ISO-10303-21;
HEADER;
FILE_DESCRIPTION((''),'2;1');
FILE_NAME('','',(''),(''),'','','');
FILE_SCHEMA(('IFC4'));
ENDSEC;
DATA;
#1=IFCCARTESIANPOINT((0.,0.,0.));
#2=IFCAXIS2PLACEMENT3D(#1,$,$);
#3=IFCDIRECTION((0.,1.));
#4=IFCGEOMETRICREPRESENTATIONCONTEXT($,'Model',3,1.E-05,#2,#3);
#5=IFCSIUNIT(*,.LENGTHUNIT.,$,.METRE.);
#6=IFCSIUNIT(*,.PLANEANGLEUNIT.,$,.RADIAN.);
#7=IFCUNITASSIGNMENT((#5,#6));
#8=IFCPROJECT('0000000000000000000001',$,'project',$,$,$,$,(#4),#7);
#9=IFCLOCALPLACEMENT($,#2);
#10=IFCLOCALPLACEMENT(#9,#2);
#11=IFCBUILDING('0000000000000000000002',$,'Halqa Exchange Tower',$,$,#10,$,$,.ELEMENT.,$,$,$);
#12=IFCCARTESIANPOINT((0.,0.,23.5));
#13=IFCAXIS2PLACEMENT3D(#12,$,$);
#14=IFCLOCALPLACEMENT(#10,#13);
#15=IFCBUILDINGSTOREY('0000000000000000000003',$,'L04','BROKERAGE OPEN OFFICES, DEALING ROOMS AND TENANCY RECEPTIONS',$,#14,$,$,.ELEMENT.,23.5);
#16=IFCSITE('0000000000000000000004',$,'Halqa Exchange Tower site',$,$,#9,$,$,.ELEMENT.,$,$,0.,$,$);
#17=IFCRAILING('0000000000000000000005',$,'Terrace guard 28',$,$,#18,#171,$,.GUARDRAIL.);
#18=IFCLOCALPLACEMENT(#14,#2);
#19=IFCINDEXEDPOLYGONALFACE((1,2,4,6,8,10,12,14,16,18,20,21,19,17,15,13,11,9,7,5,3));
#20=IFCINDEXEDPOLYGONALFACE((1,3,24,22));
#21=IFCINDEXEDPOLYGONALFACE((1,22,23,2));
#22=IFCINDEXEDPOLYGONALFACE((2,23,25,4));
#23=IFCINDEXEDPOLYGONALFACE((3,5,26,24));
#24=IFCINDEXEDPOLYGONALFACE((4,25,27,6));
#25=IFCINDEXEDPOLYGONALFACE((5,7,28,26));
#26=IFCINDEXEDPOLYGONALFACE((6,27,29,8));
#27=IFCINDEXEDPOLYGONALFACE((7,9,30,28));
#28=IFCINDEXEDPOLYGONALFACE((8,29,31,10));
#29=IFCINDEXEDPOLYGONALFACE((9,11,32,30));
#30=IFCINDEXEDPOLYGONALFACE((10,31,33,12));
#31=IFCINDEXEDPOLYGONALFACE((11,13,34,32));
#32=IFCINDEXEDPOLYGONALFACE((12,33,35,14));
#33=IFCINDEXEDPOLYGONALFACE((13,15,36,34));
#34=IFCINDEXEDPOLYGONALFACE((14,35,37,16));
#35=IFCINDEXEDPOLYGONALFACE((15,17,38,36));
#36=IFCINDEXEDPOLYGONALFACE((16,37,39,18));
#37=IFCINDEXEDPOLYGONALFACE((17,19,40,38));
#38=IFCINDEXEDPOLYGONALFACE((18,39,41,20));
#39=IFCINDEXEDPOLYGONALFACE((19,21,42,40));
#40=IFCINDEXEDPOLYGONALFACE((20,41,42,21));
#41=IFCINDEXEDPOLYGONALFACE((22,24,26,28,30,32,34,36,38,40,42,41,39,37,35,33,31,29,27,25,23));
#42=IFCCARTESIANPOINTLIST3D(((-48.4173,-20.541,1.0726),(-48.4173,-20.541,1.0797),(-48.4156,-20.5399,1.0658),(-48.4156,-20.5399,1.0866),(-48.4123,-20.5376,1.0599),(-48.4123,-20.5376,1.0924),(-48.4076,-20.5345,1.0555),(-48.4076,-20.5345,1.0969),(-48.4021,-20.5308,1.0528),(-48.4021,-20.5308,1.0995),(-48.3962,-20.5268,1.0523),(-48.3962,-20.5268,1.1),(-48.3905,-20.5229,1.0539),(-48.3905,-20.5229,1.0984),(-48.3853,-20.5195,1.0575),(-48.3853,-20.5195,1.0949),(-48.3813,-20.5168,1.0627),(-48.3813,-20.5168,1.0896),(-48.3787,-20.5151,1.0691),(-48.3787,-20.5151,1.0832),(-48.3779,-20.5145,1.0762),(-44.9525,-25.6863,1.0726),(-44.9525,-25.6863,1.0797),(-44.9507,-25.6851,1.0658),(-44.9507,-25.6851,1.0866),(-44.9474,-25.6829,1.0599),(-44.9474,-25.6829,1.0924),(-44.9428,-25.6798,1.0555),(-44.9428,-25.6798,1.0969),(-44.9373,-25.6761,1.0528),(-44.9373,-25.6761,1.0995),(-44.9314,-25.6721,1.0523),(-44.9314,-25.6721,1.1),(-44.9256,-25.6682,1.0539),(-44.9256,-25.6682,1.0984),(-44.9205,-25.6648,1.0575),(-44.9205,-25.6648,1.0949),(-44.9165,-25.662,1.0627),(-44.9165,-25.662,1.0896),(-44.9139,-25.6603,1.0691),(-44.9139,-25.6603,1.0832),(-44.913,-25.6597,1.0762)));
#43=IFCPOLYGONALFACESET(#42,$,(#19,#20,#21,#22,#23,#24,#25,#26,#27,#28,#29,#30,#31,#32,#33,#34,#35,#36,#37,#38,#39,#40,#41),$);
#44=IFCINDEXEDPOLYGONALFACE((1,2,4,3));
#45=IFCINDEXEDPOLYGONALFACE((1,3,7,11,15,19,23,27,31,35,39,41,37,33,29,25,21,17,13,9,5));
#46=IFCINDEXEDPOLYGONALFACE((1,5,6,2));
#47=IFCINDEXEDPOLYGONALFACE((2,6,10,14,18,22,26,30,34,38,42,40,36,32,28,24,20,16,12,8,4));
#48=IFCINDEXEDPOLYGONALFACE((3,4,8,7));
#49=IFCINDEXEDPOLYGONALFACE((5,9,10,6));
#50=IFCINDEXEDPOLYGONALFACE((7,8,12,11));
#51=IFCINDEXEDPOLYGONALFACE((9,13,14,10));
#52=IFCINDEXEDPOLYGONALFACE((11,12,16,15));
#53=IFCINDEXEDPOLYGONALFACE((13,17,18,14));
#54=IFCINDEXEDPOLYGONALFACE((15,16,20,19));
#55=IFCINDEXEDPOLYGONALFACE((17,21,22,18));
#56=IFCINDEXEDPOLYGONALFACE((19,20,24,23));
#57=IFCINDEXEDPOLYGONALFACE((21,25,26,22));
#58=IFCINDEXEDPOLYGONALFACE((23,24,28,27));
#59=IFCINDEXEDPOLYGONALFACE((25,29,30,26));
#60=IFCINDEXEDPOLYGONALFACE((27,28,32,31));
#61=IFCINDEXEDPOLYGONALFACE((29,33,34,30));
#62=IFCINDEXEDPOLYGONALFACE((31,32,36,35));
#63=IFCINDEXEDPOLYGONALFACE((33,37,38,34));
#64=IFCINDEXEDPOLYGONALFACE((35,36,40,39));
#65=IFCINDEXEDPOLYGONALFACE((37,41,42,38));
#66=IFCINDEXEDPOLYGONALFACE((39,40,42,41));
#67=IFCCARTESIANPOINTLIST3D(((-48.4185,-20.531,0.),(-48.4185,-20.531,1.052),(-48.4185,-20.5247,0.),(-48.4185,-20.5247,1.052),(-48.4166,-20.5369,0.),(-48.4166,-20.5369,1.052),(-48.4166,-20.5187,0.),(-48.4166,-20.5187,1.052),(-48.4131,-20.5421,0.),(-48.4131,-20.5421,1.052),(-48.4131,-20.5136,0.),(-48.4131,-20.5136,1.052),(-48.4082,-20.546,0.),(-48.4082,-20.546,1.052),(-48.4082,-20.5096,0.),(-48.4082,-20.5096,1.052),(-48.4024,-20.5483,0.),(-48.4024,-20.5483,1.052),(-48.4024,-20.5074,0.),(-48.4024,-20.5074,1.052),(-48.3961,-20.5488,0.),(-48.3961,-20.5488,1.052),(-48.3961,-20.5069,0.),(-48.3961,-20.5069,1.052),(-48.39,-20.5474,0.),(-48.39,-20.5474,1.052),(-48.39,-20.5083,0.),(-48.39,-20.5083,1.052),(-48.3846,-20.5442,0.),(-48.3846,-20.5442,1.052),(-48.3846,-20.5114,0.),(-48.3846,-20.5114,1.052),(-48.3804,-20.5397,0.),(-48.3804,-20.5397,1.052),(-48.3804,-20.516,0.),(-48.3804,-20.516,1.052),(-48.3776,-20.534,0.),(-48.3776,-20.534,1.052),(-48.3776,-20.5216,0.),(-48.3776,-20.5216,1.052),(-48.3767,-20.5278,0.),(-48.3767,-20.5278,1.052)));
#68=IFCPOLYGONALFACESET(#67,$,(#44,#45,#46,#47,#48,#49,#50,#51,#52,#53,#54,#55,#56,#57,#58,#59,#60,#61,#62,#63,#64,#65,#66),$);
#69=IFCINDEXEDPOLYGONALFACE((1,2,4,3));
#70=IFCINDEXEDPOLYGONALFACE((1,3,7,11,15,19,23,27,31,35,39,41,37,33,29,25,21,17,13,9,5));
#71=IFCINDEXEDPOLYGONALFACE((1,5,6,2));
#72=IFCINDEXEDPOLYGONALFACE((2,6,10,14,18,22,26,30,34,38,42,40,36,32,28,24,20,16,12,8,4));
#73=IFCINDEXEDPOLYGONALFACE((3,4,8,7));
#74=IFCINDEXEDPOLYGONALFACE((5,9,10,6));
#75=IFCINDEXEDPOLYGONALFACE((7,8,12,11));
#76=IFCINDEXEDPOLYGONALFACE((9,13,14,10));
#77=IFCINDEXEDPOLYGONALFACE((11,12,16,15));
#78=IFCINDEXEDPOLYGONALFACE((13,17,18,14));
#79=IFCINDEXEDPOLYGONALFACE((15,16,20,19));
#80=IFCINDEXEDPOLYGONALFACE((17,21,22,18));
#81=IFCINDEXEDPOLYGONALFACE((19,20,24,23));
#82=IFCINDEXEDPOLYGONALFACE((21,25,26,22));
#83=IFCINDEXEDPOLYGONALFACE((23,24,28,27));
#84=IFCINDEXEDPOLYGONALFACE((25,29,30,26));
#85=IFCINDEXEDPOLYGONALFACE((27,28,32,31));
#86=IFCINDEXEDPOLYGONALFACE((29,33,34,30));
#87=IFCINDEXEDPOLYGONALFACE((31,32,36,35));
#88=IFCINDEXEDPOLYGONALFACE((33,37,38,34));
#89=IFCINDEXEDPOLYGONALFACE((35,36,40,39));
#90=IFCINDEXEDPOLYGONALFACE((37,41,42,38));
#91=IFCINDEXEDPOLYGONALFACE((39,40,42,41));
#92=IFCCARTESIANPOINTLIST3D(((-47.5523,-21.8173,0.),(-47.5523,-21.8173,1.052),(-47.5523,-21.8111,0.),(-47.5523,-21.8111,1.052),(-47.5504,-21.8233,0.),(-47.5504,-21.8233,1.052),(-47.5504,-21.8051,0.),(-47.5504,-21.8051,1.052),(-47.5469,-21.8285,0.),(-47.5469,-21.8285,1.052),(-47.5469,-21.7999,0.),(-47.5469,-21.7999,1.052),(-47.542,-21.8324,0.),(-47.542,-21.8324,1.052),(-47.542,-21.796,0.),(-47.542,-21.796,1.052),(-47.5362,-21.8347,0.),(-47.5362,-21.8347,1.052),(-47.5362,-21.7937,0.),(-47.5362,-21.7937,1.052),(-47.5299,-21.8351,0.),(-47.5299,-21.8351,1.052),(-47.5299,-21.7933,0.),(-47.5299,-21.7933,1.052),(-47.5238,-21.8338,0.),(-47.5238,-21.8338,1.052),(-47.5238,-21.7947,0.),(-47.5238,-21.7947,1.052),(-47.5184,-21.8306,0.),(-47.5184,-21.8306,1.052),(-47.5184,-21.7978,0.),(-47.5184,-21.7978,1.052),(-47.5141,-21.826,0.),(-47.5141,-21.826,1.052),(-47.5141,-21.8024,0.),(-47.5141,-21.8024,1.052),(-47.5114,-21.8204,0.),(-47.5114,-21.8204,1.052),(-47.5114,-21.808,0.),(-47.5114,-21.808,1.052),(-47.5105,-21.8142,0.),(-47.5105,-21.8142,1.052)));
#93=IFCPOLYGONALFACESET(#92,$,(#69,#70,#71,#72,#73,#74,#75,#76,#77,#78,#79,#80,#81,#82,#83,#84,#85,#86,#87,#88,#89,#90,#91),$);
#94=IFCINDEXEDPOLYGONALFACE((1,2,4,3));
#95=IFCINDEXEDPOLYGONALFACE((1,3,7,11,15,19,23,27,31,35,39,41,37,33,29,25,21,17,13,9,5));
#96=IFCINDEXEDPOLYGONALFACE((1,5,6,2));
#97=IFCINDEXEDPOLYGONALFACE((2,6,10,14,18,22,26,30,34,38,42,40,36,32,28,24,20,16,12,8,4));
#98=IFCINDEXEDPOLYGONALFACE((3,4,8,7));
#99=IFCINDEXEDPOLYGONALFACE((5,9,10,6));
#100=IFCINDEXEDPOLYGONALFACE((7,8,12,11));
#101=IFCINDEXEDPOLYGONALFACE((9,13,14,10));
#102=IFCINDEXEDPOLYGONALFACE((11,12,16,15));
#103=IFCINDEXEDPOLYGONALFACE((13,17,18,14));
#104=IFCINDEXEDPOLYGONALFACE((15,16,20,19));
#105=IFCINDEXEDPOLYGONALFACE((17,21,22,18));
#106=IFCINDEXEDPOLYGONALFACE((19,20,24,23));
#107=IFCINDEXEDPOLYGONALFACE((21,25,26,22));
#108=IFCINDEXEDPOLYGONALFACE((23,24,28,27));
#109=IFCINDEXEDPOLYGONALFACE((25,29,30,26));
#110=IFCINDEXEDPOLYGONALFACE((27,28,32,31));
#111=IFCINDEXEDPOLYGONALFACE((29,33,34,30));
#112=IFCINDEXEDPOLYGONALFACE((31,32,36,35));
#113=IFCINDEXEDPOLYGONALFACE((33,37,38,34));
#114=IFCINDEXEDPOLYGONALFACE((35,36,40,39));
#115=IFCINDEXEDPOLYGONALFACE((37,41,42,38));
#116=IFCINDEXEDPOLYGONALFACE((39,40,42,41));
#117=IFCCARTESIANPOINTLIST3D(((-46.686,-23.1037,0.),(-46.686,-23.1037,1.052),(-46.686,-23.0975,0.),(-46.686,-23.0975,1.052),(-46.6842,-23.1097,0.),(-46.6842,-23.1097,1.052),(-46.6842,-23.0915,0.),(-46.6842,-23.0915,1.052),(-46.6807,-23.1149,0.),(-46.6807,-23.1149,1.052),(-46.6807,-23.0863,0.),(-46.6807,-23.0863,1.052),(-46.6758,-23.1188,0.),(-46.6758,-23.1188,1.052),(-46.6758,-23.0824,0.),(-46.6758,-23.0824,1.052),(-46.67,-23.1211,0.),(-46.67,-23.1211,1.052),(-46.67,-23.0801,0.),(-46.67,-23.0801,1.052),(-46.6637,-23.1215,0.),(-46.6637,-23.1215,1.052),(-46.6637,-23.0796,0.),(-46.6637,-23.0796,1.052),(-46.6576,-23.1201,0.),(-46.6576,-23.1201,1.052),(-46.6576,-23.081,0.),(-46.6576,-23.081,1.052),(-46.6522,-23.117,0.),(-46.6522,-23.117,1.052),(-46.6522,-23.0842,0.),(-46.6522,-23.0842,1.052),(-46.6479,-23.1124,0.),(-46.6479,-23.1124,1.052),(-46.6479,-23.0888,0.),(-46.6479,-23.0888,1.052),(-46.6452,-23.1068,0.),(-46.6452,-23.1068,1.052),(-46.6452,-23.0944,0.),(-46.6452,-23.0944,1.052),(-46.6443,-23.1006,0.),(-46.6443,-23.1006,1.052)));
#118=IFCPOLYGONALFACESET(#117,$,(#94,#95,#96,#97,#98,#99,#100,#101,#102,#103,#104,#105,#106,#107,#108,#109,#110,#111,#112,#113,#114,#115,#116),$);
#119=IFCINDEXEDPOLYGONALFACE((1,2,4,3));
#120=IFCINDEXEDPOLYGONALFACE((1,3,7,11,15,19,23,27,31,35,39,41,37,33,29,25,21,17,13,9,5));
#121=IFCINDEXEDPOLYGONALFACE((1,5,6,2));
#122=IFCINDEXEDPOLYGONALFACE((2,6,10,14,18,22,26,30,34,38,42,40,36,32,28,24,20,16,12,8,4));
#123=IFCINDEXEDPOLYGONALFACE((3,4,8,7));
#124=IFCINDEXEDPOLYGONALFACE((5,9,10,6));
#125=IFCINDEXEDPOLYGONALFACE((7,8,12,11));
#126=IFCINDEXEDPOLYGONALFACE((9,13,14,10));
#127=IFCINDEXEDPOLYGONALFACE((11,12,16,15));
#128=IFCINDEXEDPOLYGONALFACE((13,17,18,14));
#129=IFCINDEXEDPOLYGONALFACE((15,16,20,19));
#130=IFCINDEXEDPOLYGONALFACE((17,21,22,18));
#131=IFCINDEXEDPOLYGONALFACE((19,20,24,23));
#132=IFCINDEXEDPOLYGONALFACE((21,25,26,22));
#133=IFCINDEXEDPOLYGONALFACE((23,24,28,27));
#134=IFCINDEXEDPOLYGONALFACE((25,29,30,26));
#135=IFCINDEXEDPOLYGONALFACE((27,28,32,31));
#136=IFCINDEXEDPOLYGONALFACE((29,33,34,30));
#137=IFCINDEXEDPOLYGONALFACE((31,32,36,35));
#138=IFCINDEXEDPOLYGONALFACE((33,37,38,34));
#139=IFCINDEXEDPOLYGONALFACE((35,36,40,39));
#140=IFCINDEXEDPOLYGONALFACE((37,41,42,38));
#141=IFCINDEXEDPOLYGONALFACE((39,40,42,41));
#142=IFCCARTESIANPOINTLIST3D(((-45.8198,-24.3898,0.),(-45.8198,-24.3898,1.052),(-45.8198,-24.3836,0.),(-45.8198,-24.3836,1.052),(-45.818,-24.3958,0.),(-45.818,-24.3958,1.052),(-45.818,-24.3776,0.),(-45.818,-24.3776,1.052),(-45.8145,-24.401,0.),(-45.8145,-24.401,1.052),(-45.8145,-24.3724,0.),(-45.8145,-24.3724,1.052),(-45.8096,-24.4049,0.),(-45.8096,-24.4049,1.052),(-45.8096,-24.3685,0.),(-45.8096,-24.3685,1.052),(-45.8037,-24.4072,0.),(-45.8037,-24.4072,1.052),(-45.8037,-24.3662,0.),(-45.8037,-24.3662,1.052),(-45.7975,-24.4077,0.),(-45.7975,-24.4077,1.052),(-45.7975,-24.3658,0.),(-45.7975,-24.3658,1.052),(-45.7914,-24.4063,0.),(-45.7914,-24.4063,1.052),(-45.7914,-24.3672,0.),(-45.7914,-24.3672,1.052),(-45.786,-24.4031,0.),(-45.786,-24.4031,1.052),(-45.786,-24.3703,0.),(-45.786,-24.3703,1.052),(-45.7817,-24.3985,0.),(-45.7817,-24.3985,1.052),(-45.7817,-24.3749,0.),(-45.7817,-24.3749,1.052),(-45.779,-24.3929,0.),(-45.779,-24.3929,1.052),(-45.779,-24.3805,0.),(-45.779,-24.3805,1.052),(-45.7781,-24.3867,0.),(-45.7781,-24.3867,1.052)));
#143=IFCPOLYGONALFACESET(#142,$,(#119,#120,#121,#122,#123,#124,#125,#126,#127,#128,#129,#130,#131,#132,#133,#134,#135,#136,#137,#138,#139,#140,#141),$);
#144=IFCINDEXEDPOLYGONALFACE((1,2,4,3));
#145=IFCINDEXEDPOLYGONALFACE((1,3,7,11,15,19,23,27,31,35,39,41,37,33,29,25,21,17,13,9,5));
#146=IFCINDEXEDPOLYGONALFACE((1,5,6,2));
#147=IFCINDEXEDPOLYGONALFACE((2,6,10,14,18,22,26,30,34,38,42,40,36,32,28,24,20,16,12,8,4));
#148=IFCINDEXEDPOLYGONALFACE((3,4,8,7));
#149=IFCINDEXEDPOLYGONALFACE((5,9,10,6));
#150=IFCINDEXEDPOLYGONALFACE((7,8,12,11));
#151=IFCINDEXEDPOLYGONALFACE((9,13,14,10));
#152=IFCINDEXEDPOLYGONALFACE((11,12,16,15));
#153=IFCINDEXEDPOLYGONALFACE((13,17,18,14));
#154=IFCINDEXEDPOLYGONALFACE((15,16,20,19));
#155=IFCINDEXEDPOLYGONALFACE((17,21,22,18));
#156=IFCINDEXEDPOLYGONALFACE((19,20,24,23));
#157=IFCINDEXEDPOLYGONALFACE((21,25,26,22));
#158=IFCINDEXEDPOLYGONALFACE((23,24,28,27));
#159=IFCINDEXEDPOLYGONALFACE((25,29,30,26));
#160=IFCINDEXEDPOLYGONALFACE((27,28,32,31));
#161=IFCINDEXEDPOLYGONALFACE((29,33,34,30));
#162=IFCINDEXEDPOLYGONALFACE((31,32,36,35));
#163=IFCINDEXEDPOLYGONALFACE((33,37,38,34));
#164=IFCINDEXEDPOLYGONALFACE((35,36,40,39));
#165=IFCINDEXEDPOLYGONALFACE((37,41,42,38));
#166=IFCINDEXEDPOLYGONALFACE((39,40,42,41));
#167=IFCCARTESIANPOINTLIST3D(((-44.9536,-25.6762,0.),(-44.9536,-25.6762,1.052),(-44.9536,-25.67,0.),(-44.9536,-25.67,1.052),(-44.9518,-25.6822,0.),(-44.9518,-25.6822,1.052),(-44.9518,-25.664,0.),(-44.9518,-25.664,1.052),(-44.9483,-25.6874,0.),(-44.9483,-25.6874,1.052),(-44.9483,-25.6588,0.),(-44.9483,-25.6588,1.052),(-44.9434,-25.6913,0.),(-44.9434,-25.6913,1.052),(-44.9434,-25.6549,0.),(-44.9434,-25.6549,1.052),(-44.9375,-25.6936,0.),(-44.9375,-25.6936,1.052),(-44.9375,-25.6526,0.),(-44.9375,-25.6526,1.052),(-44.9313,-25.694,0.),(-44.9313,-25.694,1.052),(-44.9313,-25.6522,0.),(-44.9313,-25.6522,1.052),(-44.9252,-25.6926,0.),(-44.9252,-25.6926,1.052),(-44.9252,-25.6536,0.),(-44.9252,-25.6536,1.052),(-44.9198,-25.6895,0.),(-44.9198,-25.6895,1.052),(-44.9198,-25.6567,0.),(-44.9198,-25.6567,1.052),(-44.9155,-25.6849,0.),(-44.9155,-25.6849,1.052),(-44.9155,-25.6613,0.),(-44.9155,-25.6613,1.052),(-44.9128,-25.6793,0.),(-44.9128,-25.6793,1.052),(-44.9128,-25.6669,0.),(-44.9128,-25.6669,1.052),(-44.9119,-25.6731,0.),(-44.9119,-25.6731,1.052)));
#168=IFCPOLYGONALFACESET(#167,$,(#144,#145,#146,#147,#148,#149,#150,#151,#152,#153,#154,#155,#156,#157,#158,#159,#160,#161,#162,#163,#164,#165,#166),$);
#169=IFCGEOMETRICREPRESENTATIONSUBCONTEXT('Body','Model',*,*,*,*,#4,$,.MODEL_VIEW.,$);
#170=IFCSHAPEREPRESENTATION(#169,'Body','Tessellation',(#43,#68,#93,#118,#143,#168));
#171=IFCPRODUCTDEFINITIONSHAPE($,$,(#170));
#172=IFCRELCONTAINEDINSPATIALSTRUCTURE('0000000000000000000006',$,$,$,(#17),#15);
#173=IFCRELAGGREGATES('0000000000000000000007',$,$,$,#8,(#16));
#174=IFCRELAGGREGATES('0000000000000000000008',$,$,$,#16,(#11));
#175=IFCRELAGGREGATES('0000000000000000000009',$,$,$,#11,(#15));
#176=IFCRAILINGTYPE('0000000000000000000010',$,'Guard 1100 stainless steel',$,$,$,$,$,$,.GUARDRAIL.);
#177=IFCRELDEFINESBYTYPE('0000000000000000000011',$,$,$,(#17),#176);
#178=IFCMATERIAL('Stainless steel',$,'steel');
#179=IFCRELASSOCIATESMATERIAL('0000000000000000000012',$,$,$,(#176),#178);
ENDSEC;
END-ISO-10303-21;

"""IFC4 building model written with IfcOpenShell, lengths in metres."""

from ifc_helpers import new_model, si_unit, direction, frame, origin, origin_2d, place, context, subcontext, project, spatial, circle, extrude, material, type_object, element, save


model = new_model("IFC4")

# Units and contexts
model_context = context("Model", 3, precision=1e-05, world=origin(), true_north=direction((0.0, 1.0)))
body_context = subcontext(model_context, "Body", "Model", "MODEL_VIEW")
ifc_project = project(units=[si_unit("LENGTHUNIT", "METRE"), si_unit("PLANEANGLEUNIT", "RADIAN")], contexts=[model_context])

# Site, building, storey
site_placement = place(None, origin())
site = spatial("IfcSite", under=ifc_project, at=site_placement, Name="Halqa Exchange Tower site", CompositionType="ELEMENT", RefElevation=0.0)
building_placement = place(site_placement, origin())
building = spatial("IfcBuilding", under=site, at=building_placement, Name="Halqa Exchange Tower", CompositionType="ELEMENT")
storey_placement = place(building_placement, frame((0.0, 0.0, 23.5)))
storey = spatial("IfcBuildingStorey", under=building, at=storey_placement, Name="L04", Description="BROKERAGE OPEN OFFICES, DEALING ROOMS AND TENANCY RECEPTIONS", CompositionType="ELEMENT", Elevation=23.5)

# Railing
ifc_material_1 = material(Name="Stainless steel", Category="steel")
railing_type = type_object("IfcRailingType", Name="Guard 1100 stainless steel", PredefinedType="GUARDRAIL", material=ifc_material_1)
railing_1_placement = place(storey_placement, frame((-48.3977, -20.5278, 0.0)))
element("IfcRailing", 1, at=railing_1_placement, inside=storey, type_object=railing_type, Name="Terrace guard 28", PredefinedType="GUARDRAIL", context=body_context, shape_type="SweptSolid", body=[
    extrude(circle(Radius=0.0239, at=origin_2d()), frame((0.0, 0.0, 1.0762), z_axis=(0.558563, -0.829462, 0.0), x_axis=(0.829462, 0.558563, 0.0)), (0.0, 0.0, 1.0), 6.2031),
    extrude(circle(Radius=0.021, at=origin_2d()), origin(), (0.0, 0.0, 1.0), 1.052),
    extrude(circle(Radius=0.021, at=origin_2d()), frame((0.8662, -1.2864, 0.0)), (0.0, 0.0, 1.0), 1.052),
    extrude(circle(Radius=0.021, at=origin_2d()), frame((1.7324, -2.5728, 0.0)), (0.0, 0.0, 1.0), 1.052),
    extrude(circle(Radius=0.021, at=origin_2d()), frame((2.5986, -3.8589, 0.0)), (0.0, 0.0, 1.0), 1.052),
    extrude(circle(Radius=0.021, at=origin_2d()), frame((3.4648, -5.1453, 0.0)), (0.0, 0.0, 1.0), 1.052),
])

save(model, "model.ifc")
